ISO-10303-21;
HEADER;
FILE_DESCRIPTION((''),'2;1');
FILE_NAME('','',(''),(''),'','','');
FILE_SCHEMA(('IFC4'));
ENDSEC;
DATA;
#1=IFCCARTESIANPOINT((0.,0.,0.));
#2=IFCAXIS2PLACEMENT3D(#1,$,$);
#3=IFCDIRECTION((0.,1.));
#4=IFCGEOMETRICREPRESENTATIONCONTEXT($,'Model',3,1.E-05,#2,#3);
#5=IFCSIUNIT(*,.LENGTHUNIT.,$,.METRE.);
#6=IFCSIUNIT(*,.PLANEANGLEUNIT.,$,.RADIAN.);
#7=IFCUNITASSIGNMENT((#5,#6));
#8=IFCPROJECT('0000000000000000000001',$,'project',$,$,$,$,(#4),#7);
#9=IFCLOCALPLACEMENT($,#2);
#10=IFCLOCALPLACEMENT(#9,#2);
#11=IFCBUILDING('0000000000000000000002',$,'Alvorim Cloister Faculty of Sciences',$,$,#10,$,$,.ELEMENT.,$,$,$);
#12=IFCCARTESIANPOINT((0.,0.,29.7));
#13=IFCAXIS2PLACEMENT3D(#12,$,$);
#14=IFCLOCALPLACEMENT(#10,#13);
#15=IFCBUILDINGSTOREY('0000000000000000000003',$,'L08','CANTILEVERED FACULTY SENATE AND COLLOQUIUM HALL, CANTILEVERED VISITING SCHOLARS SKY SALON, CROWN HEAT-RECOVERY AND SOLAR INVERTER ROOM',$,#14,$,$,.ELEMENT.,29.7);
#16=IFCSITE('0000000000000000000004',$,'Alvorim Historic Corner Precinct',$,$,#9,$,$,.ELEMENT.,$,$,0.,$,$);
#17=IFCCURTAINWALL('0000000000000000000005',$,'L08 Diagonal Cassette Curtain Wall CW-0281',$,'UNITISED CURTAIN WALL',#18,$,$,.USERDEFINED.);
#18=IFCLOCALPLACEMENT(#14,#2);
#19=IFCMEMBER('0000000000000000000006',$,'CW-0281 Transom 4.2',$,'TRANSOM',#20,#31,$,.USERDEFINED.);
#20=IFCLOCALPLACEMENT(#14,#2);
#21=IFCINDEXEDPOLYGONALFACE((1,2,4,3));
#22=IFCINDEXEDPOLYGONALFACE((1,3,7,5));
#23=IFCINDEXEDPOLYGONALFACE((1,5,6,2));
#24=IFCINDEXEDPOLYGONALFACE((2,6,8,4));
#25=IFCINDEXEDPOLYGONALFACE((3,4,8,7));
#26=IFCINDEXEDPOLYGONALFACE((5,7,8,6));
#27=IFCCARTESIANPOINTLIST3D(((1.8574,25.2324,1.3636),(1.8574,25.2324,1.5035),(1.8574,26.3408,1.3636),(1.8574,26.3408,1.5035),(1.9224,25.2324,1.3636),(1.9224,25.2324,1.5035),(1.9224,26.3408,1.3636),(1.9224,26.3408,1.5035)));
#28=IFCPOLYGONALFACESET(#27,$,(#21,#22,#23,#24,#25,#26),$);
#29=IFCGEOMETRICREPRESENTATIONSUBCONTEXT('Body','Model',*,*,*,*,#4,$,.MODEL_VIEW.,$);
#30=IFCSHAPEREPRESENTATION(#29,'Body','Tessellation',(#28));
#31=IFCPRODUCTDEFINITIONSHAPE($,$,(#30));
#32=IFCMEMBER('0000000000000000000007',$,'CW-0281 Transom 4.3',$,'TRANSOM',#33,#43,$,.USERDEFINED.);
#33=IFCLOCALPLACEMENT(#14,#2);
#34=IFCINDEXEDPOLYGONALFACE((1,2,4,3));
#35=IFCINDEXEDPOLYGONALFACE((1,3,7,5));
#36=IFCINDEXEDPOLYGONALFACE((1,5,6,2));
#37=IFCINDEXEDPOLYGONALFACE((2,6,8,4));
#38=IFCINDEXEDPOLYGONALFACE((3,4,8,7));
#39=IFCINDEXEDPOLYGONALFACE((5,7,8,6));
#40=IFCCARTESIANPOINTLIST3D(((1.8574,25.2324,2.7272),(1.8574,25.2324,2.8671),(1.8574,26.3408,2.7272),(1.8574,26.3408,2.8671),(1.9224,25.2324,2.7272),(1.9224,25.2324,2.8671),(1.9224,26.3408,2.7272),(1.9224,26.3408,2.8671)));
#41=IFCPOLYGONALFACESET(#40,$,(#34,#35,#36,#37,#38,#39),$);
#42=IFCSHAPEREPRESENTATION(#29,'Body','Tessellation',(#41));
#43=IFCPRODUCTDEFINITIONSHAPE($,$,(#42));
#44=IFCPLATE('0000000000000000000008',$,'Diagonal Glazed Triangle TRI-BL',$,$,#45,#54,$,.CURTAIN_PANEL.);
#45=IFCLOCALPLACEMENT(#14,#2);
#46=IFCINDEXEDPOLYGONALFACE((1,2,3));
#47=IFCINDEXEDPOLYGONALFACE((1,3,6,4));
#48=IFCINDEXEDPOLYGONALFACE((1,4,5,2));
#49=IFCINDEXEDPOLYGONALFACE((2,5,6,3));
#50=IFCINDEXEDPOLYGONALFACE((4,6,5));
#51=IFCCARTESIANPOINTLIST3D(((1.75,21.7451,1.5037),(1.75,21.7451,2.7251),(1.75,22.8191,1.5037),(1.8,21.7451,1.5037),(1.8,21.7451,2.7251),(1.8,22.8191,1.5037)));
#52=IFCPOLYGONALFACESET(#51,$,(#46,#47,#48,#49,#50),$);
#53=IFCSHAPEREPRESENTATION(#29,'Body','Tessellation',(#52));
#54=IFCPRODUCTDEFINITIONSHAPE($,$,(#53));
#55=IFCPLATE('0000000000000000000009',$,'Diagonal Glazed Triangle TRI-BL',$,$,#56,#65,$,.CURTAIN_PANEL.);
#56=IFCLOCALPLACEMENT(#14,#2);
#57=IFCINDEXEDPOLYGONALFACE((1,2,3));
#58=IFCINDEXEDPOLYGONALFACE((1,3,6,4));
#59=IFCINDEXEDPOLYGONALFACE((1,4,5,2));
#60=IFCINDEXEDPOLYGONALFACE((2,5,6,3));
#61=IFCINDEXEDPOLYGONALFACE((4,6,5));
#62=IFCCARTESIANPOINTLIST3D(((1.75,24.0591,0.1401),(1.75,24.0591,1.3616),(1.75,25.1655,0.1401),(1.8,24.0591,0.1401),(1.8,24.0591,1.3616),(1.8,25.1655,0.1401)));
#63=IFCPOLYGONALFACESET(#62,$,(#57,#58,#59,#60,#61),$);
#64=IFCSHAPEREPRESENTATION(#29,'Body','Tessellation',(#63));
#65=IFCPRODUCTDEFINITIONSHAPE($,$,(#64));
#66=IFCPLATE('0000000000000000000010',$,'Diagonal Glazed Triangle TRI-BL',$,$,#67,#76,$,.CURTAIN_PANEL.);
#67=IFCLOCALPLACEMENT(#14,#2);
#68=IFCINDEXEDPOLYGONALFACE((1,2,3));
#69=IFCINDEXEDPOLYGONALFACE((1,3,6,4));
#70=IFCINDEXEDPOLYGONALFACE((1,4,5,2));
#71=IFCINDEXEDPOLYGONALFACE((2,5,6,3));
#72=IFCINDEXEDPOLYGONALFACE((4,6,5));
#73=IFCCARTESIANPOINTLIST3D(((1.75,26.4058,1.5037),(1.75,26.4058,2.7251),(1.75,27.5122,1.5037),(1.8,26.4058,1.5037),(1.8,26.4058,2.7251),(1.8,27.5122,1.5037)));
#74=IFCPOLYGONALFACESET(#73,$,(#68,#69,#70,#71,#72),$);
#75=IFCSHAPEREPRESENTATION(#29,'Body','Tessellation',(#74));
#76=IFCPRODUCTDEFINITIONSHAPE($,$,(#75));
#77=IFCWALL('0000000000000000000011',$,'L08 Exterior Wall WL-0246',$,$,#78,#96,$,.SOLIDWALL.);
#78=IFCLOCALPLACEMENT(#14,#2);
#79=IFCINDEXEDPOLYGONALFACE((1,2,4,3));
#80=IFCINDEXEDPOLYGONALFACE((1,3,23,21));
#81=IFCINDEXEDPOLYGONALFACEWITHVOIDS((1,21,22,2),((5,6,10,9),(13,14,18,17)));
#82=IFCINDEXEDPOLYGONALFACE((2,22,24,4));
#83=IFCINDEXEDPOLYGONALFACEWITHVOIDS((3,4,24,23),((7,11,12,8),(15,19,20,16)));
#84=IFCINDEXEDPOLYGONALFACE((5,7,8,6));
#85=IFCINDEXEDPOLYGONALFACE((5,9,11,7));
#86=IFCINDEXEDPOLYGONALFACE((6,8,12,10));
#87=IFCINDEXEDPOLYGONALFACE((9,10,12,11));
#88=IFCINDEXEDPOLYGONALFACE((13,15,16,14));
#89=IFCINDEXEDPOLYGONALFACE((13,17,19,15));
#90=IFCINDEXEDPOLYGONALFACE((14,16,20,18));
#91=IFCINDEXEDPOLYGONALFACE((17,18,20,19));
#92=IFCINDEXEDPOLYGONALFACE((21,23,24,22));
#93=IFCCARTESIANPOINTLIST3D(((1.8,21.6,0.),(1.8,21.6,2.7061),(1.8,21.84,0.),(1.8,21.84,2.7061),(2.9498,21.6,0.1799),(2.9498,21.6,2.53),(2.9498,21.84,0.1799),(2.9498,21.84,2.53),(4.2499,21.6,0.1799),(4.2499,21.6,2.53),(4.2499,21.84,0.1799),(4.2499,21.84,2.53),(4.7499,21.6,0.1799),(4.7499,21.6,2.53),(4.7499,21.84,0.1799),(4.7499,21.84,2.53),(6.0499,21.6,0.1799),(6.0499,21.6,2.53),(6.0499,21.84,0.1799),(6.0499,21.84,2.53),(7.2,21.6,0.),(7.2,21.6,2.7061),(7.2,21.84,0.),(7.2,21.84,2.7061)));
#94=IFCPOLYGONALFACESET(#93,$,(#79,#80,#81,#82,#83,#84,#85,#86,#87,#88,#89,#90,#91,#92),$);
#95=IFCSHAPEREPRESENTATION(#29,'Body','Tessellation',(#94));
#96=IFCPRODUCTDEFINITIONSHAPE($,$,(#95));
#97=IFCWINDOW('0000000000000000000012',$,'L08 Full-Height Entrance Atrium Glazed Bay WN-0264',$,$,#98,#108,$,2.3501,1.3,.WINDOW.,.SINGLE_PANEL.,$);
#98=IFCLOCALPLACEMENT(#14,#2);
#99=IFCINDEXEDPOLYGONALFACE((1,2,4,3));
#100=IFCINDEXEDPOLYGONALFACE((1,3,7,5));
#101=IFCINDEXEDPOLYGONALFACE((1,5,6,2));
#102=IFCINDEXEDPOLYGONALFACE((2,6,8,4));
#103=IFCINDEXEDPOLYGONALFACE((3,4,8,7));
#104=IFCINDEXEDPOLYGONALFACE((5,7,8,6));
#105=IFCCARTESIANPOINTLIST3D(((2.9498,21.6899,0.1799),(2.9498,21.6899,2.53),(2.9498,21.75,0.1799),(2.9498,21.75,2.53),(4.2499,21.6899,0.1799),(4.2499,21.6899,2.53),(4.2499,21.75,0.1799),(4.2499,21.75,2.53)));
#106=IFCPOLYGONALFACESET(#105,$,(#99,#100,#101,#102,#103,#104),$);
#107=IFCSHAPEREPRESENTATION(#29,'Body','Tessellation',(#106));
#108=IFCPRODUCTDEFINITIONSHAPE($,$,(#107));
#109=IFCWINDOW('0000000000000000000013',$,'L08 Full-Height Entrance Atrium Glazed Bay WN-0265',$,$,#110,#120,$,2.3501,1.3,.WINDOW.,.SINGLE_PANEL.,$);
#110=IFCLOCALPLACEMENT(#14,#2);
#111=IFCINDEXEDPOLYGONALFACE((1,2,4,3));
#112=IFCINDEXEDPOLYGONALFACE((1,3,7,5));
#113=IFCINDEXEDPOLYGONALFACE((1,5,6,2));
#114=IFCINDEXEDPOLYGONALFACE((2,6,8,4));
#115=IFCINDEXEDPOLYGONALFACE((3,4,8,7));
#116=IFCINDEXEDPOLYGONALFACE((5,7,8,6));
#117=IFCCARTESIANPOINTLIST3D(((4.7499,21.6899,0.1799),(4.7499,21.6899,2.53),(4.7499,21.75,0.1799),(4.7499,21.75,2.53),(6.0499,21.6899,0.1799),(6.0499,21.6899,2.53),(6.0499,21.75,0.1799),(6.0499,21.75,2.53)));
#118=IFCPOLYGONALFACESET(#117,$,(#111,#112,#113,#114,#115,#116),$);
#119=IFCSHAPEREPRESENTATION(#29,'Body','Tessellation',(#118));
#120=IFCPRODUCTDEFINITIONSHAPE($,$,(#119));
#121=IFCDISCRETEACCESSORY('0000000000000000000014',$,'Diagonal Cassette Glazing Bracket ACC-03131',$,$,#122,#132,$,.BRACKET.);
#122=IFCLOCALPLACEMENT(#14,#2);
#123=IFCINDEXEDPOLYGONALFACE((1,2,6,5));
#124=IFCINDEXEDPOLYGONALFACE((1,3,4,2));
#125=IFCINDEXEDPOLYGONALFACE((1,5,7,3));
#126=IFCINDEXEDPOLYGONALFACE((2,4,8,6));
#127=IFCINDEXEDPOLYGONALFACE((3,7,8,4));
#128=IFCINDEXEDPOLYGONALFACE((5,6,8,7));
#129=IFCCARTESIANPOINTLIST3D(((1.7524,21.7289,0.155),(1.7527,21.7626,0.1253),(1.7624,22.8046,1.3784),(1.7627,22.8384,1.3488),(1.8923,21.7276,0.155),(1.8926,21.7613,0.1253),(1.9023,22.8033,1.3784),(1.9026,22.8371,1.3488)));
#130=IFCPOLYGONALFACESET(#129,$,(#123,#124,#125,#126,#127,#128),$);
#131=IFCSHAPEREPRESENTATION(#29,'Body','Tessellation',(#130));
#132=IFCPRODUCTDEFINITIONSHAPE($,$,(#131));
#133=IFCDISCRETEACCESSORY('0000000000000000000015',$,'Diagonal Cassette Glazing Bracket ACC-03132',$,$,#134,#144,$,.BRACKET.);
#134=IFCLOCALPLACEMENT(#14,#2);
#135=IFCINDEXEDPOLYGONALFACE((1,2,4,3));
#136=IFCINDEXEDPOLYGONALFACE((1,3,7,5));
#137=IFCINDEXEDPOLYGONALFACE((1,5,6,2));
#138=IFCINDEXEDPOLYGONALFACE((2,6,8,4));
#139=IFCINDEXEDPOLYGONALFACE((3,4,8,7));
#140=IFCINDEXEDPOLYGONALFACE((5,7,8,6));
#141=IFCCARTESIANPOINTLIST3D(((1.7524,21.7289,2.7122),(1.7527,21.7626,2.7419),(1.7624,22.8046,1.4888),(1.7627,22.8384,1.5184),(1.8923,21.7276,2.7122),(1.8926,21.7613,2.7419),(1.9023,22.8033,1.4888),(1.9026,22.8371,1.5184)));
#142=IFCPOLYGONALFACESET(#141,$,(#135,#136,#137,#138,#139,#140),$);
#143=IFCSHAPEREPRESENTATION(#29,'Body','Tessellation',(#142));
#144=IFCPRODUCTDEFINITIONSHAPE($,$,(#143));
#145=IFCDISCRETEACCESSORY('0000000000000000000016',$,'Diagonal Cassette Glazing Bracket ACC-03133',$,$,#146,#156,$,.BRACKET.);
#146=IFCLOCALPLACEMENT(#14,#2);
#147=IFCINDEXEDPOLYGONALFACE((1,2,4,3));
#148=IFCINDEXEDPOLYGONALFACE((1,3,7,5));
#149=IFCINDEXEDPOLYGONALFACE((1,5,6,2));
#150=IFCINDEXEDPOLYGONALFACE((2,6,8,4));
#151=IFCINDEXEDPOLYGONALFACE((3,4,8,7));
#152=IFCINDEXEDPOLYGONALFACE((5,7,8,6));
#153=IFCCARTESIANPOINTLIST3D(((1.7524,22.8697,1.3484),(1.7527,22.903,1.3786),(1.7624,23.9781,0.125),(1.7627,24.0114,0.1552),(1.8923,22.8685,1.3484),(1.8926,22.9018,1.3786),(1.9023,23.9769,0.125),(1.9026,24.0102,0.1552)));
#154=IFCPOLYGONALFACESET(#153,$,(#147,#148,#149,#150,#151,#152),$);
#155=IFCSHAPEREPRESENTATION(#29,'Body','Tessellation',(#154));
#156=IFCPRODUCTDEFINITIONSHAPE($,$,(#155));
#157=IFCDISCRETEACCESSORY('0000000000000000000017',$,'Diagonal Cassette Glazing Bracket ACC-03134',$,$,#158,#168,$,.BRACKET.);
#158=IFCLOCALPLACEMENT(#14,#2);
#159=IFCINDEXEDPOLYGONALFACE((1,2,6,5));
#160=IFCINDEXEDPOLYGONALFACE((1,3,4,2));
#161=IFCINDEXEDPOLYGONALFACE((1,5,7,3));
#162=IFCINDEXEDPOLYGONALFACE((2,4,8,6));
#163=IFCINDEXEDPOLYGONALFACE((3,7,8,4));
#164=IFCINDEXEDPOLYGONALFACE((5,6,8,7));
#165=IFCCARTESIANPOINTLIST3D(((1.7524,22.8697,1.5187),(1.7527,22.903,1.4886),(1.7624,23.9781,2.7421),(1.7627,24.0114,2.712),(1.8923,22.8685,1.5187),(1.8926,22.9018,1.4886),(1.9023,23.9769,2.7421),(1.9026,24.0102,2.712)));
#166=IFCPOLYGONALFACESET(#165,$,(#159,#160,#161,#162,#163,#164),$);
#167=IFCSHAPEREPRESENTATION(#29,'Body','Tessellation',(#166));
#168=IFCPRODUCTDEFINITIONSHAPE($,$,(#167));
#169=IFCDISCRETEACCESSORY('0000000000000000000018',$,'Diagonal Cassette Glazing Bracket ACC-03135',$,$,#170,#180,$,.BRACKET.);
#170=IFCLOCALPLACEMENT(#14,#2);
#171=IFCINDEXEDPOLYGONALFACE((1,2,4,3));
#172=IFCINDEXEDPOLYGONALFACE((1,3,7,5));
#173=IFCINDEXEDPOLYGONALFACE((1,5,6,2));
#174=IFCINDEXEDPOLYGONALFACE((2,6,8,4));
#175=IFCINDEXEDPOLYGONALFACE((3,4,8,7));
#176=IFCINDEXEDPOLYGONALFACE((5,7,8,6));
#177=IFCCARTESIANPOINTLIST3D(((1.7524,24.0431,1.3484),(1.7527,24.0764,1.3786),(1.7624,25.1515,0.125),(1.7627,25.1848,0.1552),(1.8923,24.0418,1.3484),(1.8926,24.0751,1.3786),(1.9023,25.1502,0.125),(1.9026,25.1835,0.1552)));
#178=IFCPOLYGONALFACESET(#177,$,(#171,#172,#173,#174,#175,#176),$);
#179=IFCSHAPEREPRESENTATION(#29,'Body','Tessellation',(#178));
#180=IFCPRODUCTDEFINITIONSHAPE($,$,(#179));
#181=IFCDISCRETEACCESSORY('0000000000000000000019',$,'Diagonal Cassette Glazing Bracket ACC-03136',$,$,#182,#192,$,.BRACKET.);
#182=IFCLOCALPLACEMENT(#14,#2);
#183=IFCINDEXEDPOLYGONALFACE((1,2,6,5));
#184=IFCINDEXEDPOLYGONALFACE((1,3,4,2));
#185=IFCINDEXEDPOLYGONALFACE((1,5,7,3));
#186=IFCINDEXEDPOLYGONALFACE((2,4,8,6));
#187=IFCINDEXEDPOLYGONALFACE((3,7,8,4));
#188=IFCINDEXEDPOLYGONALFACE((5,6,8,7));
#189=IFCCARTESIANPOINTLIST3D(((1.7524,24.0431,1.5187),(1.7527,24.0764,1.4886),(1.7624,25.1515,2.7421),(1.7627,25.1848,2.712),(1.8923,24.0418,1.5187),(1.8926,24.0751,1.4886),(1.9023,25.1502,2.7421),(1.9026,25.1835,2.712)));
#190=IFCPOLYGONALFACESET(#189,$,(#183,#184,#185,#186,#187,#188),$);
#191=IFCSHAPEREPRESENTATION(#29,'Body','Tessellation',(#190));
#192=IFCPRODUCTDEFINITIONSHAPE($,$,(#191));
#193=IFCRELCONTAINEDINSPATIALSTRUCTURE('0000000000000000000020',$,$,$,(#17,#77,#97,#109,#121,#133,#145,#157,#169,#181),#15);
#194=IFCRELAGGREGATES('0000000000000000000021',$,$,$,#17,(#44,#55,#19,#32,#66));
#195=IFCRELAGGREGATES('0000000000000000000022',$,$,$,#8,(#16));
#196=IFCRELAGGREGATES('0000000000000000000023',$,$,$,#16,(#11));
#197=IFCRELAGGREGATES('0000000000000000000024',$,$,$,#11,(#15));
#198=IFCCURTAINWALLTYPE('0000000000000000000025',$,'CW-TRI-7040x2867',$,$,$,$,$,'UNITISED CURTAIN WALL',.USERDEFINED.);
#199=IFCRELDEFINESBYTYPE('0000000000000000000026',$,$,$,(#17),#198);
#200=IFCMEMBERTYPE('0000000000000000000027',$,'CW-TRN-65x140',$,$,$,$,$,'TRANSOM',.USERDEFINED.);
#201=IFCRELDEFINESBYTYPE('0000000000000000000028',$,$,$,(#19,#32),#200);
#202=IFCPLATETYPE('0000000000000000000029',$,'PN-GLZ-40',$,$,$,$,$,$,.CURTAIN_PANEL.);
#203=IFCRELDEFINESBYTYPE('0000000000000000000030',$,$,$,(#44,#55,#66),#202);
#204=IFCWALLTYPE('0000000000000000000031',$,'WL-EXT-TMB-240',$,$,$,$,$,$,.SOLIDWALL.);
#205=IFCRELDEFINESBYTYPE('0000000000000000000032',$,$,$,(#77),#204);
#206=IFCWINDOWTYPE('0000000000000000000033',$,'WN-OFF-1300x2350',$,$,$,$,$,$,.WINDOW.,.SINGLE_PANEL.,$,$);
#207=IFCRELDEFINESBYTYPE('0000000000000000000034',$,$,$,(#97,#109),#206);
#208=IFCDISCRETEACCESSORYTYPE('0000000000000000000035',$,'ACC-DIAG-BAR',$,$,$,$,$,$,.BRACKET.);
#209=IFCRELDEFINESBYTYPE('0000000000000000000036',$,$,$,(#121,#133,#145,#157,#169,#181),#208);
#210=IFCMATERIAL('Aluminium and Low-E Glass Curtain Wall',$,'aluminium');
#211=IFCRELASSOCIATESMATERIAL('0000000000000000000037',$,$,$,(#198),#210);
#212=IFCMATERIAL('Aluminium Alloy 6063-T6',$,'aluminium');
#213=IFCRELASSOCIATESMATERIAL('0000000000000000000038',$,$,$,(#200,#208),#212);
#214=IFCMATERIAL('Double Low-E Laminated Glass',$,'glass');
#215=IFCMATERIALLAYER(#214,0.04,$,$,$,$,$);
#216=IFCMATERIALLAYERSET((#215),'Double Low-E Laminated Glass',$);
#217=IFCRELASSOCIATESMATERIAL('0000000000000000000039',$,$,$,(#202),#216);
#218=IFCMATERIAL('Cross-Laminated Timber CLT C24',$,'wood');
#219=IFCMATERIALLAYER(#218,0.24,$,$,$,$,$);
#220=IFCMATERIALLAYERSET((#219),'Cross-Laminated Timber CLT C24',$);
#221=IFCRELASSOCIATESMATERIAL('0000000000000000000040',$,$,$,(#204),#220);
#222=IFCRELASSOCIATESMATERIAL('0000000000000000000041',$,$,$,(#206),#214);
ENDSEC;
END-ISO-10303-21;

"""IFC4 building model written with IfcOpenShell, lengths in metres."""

from ifc_helpers import new_model, si_unit, direction, frame, frame_2d, origin, origin_2d, place, context, subcontext, project, spatial, polyline, rectangle, outline, extrude, material, layer, layer_set, material_profile, profile_set, type_object, element, fill, aggregate, save


model = new_model("IFC4")

# Units and contexts
model_context = context("Model", 3, precision=1e-05, world=origin(), true_north=direction((0.0, 1.0)))
body_context = subcontext(model_context, "Body", "Model", "MODEL_VIEW")
ifc_project = project(units=[si_unit("LENGTHUNIT", "METRE"), si_unit("PLANEANGLEUNIT", "RADIAN")], contexts=[model_context])

# Site, building, storey
site_placement = place(None, origin())
site = spatial("IfcSite", under=ifc_project, at=site_placement, Name="Alvorim Historic Corner Precinct", CompositionType="ELEMENT", RefElevation=0.0)
building_placement = place(site_placement, origin())
building = spatial("IfcBuilding", under=site, at=building_placement, Name="Alvorim Cloister Faculty of Sciences", CompositionType="ELEMENT")
storey_placement = place(building_placement, frame((0.0, 0.0, 29.7)))
storey = spatial("IfcBuildingStorey", under=building, at=storey_placement, Name="L08", Description="CANTILEVERED FACULTY SENATE AND COLLOQUIUM HALL, CANTILEVERED VISITING SCHOLARS SKY SALON, CROWN HEAT-RECOVERY AND SOLAR INVERTER ROOM", CompositionType="ELEMENT", Elevation=29.7)

# Curtain wall, members, plates
ifc_material_1 = material(Name="Aluminium and Low-E Glass Curtain Wall", Category="aluminium")
curtain_wall_type = type_object("IfcCurtainWallType", Name="CW-TRI-7040x2867", ElementType="UNITISED CURTAIN WALL", PredefinedType="USERDEFINED", material=ifc_material_1)
curtain_wall_placement = place(storey_placement, origin())
curtain_wall = element("IfcCurtainWall", 1, at=curtain_wall_placement, inside=storey, type_object=curtain_wall_type, Name="L08 Diagonal Cassette Curtain Wall CW-0281", ObjectType="UNITISED CURTAIN WALL", PredefinedType="USERDEFINED")
ifc_material_2 = material(Name="Aluminium Alloy 6063-T6", Category="aluminium")
ifc_material_profile_1 = material_profile(ifc_material_2, rectangle(XDim=0.0649, YDim=0.1399, at=origin_2d()), Name="ALU-TRN-65x140")
ifc_profile_set_1 = profile_set([ifc_material_profile_1], Name="Aluminium Alloy 6063-T6")
member_type_1 = type_object("IfcMemberType", Name="CW-TRN-65x140", ElementType="TRANSOM", PredefinedType="USERDEFINED", material=ifc_profile_set_1)
member_1_placement = place(storey_placement, frame((1.8899, 25.2324, 1.4336), z_axis=(0.0, 1.0, 0.0), x_axis=(-1.0, 0.0, 0.0)))
member_1 = element("IfcMember", 2, at=member_1_placement, type_object=member_type_1, Name="CW-0281 Transom 4.2", ObjectType="TRANSOM", PredefinedType="USERDEFINED", context=body_context, shape_type="SweptSolid", body=[
    extrude(rectangle(XDim=0.0649, YDim=0.1399, at=origin_2d()), origin(), (0.0, 0.0, 1.0), 1.1084),
])
member_2_placement = place(storey_placement, frame((1.8899, 25.2324, 2.7971), z_axis=(0.0, 1.0, 0.0), x_axis=(-1.0, 0.0, 0.0)))
member_2 = element("IfcMember", 3, at=member_2_placement, type_object=member_type_1, Name="CW-0281 Transom 4.3", ObjectType="TRANSOM", PredefinedType="USERDEFINED", context=body_context, shape_type="SweptSolid", body=[
    extrude(rectangle(XDim=0.0649, YDim=0.1399, at=origin_2d()), origin(), (0.0, 0.0, 1.0), 1.1084),
])
ifc_material_3 = material(Name="Double Low-E Laminated Glass", Category="glass")
ifc_layer_1 = layer(ifc_material_3, 0.04)
ifc_layer_set_1 = layer_set([ifc_layer_1], Name="Double Low-E Laminated Glass")
plate_type = type_object("IfcPlateType", Name="PN-GLZ-40", PredefinedType="CURTAIN_PANEL", material=ifc_layer_set_1)
plate_1_placement = place(storey_placement, frame((1.7749, 21.7451, 1.5037), z_axis=(0.0, 0.0, 1.0), x_axis=(0.0, 1.0, 0.0)))
plate_1 = element("IfcPlate", 4, at=plate_1_placement, type_object=plate_type, Name="Diagonal Glazed Triangle TRI-BL", PredefinedType="CURTAIN_PANEL", context=body_context, shape_type="SweptSolid", body=[
    extrude(outline(polyline([(0.0, 0.0), (1.074, 0.0), (0.0, 1.2214), (0.0, 0.0)])), frame((0.0, 0.0249, 0.0), z_axis=(0.0, -1.0, 0.0), x_axis=(1.0, 0.0, 0.0)), (0.0, 0.0, 1.0), 0.05),
])
plate_2_placement = place(storey_placement, frame((1.7749, 24.0591, 0.1401), z_axis=(0.0, 0.0, 1.0), x_axis=(0.0, 1.0, 0.0)))
plate_2 = element("IfcPlate", 5, at=plate_2_placement, type_object=plate_type, Name="Diagonal Glazed Triangle TRI-BL", PredefinedType="CURTAIN_PANEL", context=body_context, shape_type="SweptSolid", body=[
    extrude(outline(polyline([(0.0, 0.0), (1.1064, 0.0), (0.0, 1.2214), (0.0, 0.0)])), frame((0.0, 0.0249, 0.0), z_axis=(0.0, -1.0, 0.0), x_axis=(1.0, 0.0, 0.0)), (0.0, 0.0, 1.0), 0.05),
])
plate_3_placement = place(storey_placement, frame((1.7749, 26.4058, 1.5037), z_axis=(0.0, 0.0, 1.0), x_axis=(0.0, 1.0, 0.0)))
plate_3 = element("IfcPlate", 6, at=plate_3_placement, type_object=plate_type, Name="Diagonal Glazed Triangle TRI-BL", PredefinedType="CURTAIN_PANEL", context=body_context, shape_type="SweptSolid", body=[
    extrude(outline(polyline([(0.0, 0.0), (1.1064, 0.0), (0.0, 1.2214), (0.0, 0.0)])), frame((0.0, 0.0249, 0.0), z_axis=(0.0, -1.0, 0.0), x_axis=(1.0, 0.0, 0.0)), (0.0, 0.0, 1.0), 0.05),
])
aggregate(curtain_wall, [plate_1, plate_2, member_1, member_2, plate_3])

# Wall, openings, windows
ifc_material_4 = material(Name="Cross-Laminated Timber CLT C24", Category="wood")
ifc_layer_2 = layer(ifc_material_4, 0.24)
ifc_layer_set_2 = layer_set([ifc_layer_2], Name="Cross-Laminated Timber CLT C24")
wall_type = type_object("IfcWallType", Name="WL-EXT-TMB-240", PredefinedType="SOLIDWALL", material=ifc_layer_set_2)
wall_placement = place(storey_placement, frame((1.8, 21.72, 0.0), z_axis=(0.0, 0.0, 1.0), x_axis=(1.0, 0.0, 0.0)))
wall = element("IfcWall", 7, at=wall_placement, inside=storey, type_object=wall_type, Name="L08 Exterior Wall WL-0246", PredefinedType="SOLIDWALL", context=body_context, shape_type="SweptSolid", body=[
    extrude(rectangle(XDim=5.3999, YDim=0.24, at=frame_2d((2.7, 0.0))), origin(), (0.0, 0.0, 1.0), 2.7061),
])
opening_1_placement = place(wall_placement, frame((1.1499, 0.0, 0.1799)))
opening_1 = element("IfcOpeningElement", 8, at=opening_1_placement, cuts=wall, PredefinedType="OPENING", context=body_context, shape_type="SweptSolid", body=[
    extrude(rectangle(XDim=1.3, YDim=2.3501, at=frame_2d((0.6499, 1.175))), frame((0.0, 0.1318, 0.0), z_axis=(0.0, -1.0, 0.0), x_axis=(1.0, 0.0, 0.0)), (0.0, 0.0, 1.0), 0.2639),
])
opening_2_placement = place(wall_placement, frame((2.95, 0.0, 0.1799)))
opening_2 = element("IfcOpeningElement", 9, at=opening_2_placement, cuts=wall, PredefinedType="OPENING", context=body_context, shape_type="SweptSolid", body=[
    extrude(rectangle(XDim=1.3, YDim=2.3501, at=frame_2d((0.6499, 1.175))), frame((0.0, 0.1318, 0.0), z_axis=(0.0, -1.0, 0.0), x_axis=(1.0, 0.0, 0.0)), (0.0, 0.0, 1.0), 0.2639),
])
window_type = type_object("IfcWindowType", Name="WN-OFF-1300x2350", PartitioningType="SINGLE_PANEL", PredefinedType="WINDOW", material=ifc_material_3)
window_1_placement = place(opening_1_placement, origin())
window_1 = element("IfcWindow", 10, at=window_1_placement, inside=storey, type_object=window_type, Name="L08 Full-Height Entrance Atrium Glazed Bay WN-0264", OverallHeight=2.3501, OverallWidth=1.3, PartitioningType="SINGLE_PANEL", PredefinedType="WINDOW", context=body_context, shape_type="SweptSolid", body=[
    extrude(rectangle(XDim=1.3, YDim=2.3501, at=frame_2d((0.6499, 1.175))), frame((0.0, 0.03, 0.0), z_axis=(0.0, -1.0, 0.0), x_axis=(1.0, 0.0, 0.0)), (0.0, 0.0, 1.0), 0.0601),
])
fill(opening_1, window_1)
window_2_placement = place(opening_2_placement, origin())
window_2 = element("IfcWindow", 11, at=window_2_placement, inside=storey, type_object=window_type, Name="L08 Full-Height Entrance Atrium Glazed Bay WN-0265", OverallHeight=2.3501, OverallWidth=1.3, PartitioningType="SINGLE_PANEL", PredefinedType="WINDOW", context=body_context, shape_type="SweptSolid", body=[
    extrude(rectangle(XDim=1.3, YDim=2.3501, at=frame_2d((0.6499, 1.175))), frame((0.0, 0.03, 0.0), z_axis=(0.0, -1.0, 0.0), x_axis=(1.0, 0.0, 0.0)), (0.0, 0.0, 1.0), 0.0601),
])
fill(opening_2, window_2)

# Discrete accessories
discrete_accessory_type = type_object("IfcDiscreteAccessoryType", Name="ACC-DIAG-BAR", PredefinedType="BRACKET", material=ifc_material_2)
for number, where, z_axis, x_axis, name in (
    (12, (1.8225, 21.7451, 0.1401), (0.006144, 0.660305, 0.750973), (-0.999957, 0.009305, 0.0), "Diagonal Cassette Glazing Bracket ACC-03131"),
    (13, (1.8225, 21.7451, 2.7271), (0.006144, 0.660305, -0.750973), (-0.999957, 0.009305, 0.0), "Diagonal Cassette Glazing Bracket ACC-03132"),
):
    element("IfcDiscreteAccessory", number, at=place(storey_placement, frame(where, z_axis=z_axis, x_axis=x_axis)), inside=storey, type_object=discrete_accessory_type, Name=name, PredefinedType="BRACKET", context=body_context, shape_type="SweptSolid", body=[
        extrude(rectangle(XDim=0.1399, YDim=0.0449, at=origin_2d()), origin(), (0.0, 0.0, 1.0), 1.6292),
    ])
for number, where, z_axis, x_axis, name in (
    (14, (1.8225, 22.8857, 1.3635), (0.006063, 0.671408, -0.741063), (-0.999959, 0.00903, 0.0), "Diagonal Cassette Glazing Bracket ACC-03133"),
    (15, (1.8225, 22.8857, 1.5037), (0.006063, 0.671408, 0.741063), (-0.999959, 0.00903, 0.0), "Diagonal Cassette Glazing Bracket ACC-03134"),
    (16, (1.8225, 24.0591, 1.3635), (0.006063, 0.671408, -0.741063), (-0.999959, 0.00903, 0.0), "Diagonal Cassette Glazing Bracket ACC-03135"),
    (17, (1.8225, 24.0591, 1.5037), (0.006063, 0.671408, 0.741063), (-0.999959, 0.00903, 0.0), "Diagonal Cassette Glazing Bracket ACC-03136"),
):
    element("IfcDiscreteAccessory", number, at=place(storey_placement, frame(where, z_axis=z_axis, x_axis=x_axis)), inside=storey, type_object=discrete_accessory_type, Name=name, PredefinedType="BRACKET", context=body_context, shape_type="SweptSolid", body=[
        extrude(rectangle(XDim=0.1399, YDim=0.0449, at=origin_2d()), origin(), (0.0, 0.0, 1.0), 1.6509),
    ])

save(model, "model.ifc")
